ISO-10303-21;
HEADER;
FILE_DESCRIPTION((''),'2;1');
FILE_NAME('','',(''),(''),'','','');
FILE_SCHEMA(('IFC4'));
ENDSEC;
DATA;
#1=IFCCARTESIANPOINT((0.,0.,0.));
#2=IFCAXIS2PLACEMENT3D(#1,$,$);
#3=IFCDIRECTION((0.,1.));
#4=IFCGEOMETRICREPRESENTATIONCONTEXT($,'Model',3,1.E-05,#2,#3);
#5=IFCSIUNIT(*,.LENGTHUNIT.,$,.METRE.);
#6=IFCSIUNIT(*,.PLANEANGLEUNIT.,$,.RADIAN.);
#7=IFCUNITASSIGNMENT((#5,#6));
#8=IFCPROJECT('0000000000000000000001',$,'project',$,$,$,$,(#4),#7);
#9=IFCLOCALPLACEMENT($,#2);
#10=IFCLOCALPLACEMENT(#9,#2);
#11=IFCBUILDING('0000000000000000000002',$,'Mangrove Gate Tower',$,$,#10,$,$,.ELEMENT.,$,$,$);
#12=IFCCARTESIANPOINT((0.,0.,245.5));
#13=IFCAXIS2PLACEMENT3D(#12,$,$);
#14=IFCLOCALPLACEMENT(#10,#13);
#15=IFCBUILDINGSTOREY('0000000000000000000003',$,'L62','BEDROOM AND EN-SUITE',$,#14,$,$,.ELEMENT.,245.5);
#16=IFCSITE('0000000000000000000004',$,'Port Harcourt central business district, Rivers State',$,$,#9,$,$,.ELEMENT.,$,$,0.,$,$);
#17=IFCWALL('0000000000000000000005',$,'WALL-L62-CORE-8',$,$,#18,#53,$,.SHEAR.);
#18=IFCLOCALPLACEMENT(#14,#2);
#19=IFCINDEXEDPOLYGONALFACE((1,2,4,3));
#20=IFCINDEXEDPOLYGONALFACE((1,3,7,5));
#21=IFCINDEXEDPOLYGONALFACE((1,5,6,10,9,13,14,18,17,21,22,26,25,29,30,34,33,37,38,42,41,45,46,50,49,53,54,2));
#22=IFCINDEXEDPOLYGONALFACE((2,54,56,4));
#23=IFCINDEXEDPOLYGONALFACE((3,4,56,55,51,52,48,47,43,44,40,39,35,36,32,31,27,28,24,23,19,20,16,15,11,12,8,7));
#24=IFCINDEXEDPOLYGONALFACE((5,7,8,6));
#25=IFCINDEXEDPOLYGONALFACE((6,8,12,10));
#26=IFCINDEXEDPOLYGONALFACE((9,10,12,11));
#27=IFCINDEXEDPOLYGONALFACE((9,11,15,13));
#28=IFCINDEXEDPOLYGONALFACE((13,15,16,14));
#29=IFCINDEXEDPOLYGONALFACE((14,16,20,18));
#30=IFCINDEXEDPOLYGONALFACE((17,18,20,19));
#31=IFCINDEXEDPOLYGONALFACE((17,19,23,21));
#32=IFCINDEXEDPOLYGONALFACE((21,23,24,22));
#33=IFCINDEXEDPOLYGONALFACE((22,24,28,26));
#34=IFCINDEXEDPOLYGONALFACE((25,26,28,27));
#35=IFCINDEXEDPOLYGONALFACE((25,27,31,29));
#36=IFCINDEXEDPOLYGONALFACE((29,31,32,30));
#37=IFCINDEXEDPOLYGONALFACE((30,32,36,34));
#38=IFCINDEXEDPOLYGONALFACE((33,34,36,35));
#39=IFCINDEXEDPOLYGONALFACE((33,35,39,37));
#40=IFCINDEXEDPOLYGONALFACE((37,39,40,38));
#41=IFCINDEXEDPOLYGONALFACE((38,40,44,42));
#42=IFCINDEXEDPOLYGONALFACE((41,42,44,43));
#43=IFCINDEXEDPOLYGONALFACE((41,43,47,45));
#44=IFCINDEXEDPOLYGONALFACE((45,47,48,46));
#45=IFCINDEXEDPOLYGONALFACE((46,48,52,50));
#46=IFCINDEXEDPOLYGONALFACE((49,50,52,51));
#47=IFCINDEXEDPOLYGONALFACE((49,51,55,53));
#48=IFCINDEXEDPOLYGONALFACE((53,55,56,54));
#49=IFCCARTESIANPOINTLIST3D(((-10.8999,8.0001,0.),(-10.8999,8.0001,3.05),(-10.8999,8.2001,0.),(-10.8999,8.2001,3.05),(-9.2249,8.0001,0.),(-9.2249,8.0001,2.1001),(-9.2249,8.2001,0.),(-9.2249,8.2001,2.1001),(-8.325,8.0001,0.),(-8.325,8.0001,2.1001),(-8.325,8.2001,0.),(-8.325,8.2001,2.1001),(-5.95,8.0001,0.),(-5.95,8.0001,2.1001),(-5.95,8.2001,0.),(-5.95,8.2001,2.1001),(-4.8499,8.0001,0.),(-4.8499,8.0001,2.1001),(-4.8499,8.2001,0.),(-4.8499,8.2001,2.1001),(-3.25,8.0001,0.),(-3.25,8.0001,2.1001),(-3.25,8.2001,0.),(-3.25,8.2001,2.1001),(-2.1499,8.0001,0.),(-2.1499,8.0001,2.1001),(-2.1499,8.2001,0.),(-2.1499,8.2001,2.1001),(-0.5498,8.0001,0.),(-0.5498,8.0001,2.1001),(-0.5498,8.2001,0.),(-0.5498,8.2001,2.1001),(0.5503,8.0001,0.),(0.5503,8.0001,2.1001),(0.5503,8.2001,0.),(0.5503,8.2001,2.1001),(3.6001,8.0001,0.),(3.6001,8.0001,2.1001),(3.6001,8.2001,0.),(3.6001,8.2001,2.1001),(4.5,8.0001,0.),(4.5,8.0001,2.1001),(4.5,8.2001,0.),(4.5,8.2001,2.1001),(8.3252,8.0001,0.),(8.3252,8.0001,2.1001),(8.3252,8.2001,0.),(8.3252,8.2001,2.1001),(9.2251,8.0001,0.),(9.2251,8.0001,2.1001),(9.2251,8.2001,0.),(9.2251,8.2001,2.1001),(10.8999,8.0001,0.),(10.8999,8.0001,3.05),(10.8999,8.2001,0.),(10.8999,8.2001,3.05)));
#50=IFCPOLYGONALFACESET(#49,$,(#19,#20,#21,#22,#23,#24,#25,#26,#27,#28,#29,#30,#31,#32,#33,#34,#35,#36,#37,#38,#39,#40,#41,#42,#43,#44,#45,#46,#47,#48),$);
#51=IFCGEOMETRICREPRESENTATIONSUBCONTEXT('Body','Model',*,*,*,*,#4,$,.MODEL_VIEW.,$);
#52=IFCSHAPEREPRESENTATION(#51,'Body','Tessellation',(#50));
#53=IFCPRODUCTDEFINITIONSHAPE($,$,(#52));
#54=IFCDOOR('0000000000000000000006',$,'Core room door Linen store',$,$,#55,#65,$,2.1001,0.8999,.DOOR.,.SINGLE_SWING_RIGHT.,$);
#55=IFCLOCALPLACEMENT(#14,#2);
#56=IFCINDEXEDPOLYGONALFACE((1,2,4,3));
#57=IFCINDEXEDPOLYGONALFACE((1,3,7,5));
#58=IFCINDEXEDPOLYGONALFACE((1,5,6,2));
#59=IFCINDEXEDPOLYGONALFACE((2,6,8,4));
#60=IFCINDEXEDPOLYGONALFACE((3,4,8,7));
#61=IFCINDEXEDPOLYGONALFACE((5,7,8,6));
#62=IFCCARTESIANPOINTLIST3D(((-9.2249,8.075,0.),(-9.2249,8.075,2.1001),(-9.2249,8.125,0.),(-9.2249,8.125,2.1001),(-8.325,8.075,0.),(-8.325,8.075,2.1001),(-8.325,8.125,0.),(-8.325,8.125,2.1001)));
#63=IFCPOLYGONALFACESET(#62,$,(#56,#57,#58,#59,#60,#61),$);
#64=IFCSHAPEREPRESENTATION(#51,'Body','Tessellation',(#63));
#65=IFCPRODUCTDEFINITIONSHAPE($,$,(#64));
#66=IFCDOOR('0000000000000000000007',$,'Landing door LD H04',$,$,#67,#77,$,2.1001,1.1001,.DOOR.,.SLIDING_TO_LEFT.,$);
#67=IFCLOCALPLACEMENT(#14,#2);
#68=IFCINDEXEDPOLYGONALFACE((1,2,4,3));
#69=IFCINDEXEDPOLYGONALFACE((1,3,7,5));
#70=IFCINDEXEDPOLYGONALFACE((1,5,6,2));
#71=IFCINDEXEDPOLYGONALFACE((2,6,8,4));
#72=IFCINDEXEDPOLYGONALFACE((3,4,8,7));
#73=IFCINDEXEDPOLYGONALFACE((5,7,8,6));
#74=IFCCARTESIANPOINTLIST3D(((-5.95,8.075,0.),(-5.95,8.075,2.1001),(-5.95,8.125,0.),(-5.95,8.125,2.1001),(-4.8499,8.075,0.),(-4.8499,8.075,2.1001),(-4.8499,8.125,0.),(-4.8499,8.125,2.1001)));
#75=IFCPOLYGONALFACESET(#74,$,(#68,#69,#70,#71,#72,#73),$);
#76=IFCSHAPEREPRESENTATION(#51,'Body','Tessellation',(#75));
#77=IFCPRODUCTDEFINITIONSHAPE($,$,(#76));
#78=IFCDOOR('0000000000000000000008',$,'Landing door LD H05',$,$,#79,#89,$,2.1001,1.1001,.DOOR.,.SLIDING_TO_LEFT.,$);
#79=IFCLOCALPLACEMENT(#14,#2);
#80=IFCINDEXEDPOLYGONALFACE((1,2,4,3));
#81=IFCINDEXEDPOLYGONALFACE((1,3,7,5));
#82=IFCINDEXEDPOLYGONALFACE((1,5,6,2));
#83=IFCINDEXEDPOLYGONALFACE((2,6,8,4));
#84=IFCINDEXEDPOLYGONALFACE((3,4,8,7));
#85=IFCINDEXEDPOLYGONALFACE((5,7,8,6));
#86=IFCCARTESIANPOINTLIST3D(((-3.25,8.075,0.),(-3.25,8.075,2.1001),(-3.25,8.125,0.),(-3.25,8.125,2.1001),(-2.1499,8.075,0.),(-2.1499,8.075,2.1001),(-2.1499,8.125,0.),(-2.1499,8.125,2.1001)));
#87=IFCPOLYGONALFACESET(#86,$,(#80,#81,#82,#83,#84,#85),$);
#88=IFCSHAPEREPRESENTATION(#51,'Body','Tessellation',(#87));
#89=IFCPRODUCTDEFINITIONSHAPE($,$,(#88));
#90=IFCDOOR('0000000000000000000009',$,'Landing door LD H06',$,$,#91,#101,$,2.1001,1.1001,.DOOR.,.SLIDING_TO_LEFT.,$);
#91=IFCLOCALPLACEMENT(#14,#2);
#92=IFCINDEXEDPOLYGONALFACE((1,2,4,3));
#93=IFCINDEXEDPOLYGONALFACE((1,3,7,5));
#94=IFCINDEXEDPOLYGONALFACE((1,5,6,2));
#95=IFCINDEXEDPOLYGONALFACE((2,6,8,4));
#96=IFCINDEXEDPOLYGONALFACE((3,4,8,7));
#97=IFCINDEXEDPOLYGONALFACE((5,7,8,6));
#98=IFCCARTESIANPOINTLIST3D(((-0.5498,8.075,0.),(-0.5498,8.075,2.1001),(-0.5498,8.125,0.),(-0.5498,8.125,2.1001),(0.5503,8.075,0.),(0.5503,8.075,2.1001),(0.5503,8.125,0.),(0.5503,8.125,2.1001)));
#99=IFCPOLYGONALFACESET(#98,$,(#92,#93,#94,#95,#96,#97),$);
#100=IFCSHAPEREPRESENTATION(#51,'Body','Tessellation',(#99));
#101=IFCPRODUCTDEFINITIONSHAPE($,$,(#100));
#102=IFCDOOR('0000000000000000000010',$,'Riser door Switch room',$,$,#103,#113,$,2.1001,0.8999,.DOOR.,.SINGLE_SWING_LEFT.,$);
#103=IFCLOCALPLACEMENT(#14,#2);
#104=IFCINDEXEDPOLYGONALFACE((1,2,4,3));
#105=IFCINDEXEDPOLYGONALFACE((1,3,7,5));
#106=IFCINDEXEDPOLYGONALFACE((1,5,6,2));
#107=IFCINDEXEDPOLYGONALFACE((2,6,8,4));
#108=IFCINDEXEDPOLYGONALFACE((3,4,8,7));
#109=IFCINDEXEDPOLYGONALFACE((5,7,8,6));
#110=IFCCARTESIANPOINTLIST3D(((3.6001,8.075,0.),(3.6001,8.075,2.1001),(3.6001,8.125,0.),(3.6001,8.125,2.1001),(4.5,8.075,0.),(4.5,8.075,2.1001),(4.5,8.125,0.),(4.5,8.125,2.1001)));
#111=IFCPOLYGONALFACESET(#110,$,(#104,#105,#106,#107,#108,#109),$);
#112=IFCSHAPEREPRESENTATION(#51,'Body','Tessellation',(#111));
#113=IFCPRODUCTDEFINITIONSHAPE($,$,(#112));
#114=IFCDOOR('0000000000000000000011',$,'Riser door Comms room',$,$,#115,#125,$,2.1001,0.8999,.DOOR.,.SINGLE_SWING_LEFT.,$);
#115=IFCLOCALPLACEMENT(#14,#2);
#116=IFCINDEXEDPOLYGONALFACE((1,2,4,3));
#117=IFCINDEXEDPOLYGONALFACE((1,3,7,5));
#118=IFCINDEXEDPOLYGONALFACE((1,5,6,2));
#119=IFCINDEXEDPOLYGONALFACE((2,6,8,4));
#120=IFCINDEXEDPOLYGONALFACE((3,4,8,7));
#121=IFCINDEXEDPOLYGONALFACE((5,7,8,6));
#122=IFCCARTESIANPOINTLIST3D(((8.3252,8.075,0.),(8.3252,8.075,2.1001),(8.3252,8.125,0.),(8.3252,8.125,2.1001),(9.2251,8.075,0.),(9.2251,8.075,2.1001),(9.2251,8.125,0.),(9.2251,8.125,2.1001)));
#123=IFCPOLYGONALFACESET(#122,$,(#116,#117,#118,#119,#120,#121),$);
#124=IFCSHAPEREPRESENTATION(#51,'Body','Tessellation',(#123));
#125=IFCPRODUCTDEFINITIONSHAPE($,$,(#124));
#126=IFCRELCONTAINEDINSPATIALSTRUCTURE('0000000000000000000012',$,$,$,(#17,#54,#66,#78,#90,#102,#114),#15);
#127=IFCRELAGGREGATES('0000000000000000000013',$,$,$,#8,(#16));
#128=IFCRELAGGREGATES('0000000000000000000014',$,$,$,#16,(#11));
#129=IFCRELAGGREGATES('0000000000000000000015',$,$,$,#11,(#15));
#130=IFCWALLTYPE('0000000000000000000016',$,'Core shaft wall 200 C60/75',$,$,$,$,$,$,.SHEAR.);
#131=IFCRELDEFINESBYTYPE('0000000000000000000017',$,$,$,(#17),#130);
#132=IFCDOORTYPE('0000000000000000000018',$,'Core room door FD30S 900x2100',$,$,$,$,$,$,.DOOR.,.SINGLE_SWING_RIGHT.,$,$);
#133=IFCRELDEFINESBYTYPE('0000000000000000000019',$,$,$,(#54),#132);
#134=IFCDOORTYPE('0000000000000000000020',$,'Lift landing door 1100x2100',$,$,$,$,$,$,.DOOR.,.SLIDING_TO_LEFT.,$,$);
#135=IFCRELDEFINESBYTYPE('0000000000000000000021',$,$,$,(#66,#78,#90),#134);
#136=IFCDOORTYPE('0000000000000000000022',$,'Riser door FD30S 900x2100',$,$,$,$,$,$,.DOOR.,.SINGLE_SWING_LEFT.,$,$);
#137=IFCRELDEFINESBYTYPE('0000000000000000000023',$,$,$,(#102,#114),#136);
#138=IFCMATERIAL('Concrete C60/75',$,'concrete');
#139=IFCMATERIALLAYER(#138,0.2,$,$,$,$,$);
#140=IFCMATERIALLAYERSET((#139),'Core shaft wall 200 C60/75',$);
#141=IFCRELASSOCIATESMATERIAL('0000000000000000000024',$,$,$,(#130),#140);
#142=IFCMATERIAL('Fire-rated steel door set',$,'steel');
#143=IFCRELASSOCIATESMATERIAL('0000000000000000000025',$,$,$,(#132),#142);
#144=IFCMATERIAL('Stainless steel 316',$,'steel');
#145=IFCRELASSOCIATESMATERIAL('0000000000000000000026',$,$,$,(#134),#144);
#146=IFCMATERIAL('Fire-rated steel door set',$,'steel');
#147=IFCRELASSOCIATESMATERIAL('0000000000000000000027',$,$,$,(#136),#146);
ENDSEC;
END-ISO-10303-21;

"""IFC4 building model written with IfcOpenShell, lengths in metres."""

from ifc_helpers import new_model, si_unit, direction, frame, frame_2d, origin, place, context, subcontext, project, spatial, rectangle, extrude, material, layer, layer_set, type_object, element, fill, save


model = new_model("IFC4")

# Units and contexts
model_context = context("Model", 3, precision=1e-05, world=origin(), true_north=direction((0.0, 1.0)))
body_context = subcontext(model_context, "Body", "Model", "MODEL_VIEW")
ifc_project = project(units=[si_unit("LENGTHUNIT", "METRE"), si_unit("PLANEANGLEUNIT", "RADIAN")], contexts=[model_context])

# Site, building, storey
site_placement = place(None, origin())
site = spatial("IfcSite", under=ifc_project, at=site_placement, Name="Port Harcourt central business district, Rivers State", CompositionType="ELEMENT", RefElevation=0.0)
building_placement = place(site_placement, origin())
building = spatial("IfcBuilding", under=site, at=building_placement, Name="Mangrove Gate Tower", CompositionType="ELEMENT")
storey_placement = place(building_placement, frame((0.0, 0.0, 245.5)))
storey = spatial("IfcBuildingStorey", under=building, at=storey_placement, Name="L62", Description="BEDROOM AND EN-SUITE", CompositionType="ELEMENT", Elevation=245.5)

# Shared definitions
ifc_material_1 = material(Name="Concrete C60/75", Category="concrete")
ifc_layer_1 = layer(ifc_material_1, 0.2)
ifc_layer_set_1 = layer_set([ifc_layer_1], Name="Core shaft wall 200 C60/75")
wall_type_1 = type_object("IfcWallType", Name="Core shaft wall 200 C60/75", PredefinedType="SHEAR", material=ifc_layer_set_1)

# Wall, openings, doors
ifc_material_2 = material(Name="Fire-rated steel door set", Category="steel")
door_type_1 = type_object("IfcDoorType", Name="Core room door FD30S 900x2100", OperationType="SINGLE_SWING_RIGHT", PredefinedType="DOOR", material=ifc_material_2)
ifc_material_3 = material(Name="Stainless steel 316", Category="steel")
door_type_2 = type_object("IfcDoorType", Name="Lift landing door 1100x2100", OperationType="SLIDING_TO_LEFT", PredefinedType="DOOR", material=ifc_material_3)
ifc_material_4 = material(Name="Fire-rated steel door set", Category="steel")
door_type_3 = type_object("IfcDoorType", Name="Riser door FD30S 900x2100", OperationType="SINGLE_SWING_LEFT", PredefinedType="DOOR", material=ifc_material_4)
wall_1_placement = place(storey_placement, frame((-10.8999, 8.1001, 0.0), z_axis=(0.0, 0.0, 1.0), x_axis=(1.0, 0.0, 0.0)))
wall_1 = element("IfcWall", 1, at=wall_1_placement, inside=storey, type_object=wall_type_1, Name="WALL-L62-CORE-8", PredefinedType="SHEAR", context=body_context, shape_type="SweptSolid", body=[
    extrude(rectangle(XDim=21.7998, YDim=0.2, at=frame_2d((10.8999, 0.0))), origin(), (0.0, 0.0, 1.0), 3.05),
])
opening_1_placement = place(wall_1_placement, frame((4.95, 0.0, 0.0)))
opening_1 = element("IfcOpeningElement", 2, at=opening_1_placement, cuts=wall_1, PredefinedType="OPENING", context=body_context, shape_type="SweptSolid", body=[
    extrude(rectangle(XDim=1.1001, YDim=2.1001, at=frame_2d((0.55, 1.05))), frame((0.0, 0.1099, 0.0), z_axis=(0.0, -1.0, 0.0), x_axis=(1.0, 0.0, 0.0)), (0.0, 0.0, 1.0), 0.22),
])
opening_2_placement = place(wall_1_placement, frame((7.6499, 0.0, 0.0)))
opening_2 = element("IfcOpeningElement", 3, at=opening_2_placement, cuts=wall_1, PredefinedType="OPENING", context=body_context, shape_type="SweptSolid", body=[
    extrude(rectangle(XDim=1.1001, YDim=2.1001, at=frame_2d((0.55, 1.05))), frame((0.0, 0.1099, 0.0), z_axis=(0.0, -1.0, 0.0), x_axis=(1.0, 0.0, 0.0)), (0.0, 0.0, 1.0), 0.22),
])
opening_3_placement = place(wall_1_placement, frame((10.3501, 0.0, 0.0)))
opening_3 = element("IfcOpeningElement", 4, at=opening_3_placement, cuts=wall_1, PredefinedType="OPENING", context=body_context, shape_type="SweptSolid", body=[
    extrude(rectangle(XDim=1.1001, YDim=2.1001, at=frame_2d((0.55, 1.05))), frame((0.0, 0.1099, 0.0), z_axis=(0.0, -1.0, 0.0), x_axis=(1.0, 0.0, 0.0)), (0.0, 0.0, 1.0), 0.22),
])
opening_4_placement = place(wall_1_placement, frame((1.675, 0.0, 0.0)))
opening_4 = element("IfcOpeningElement", 5, at=opening_4_placement, cuts=wall_1, PredefinedType="OPENING", context=body_context, shape_type="SweptSolid", body=[
    extrude(rectangle(XDim=0.8999, YDim=2.1001, at=frame_2d((0.45, 1.05))), frame((0.0, 0.1099, 0.0), z_axis=(0.0, -1.0, 0.0), x_axis=(1.0, 0.0, 0.0)), (0.0, 0.0, 1.0), 0.22),
])
opening_5_placement = place(wall_1_placement, frame((14.5, 0.0, 0.0)))
opening_5 = element("IfcOpeningElement", 6, at=opening_5_placement, cuts=wall_1, PredefinedType="OPENING", context=body_context, shape_type="SweptSolid", body=[
    extrude(rectangle(XDim=0.8999, YDim=2.1001, at=frame_2d((0.45, 1.05))), frame((0.0, 0.1099, 0.0), z_axis=(0.0, -1.0, 0.0), x_axis=(1.0, 0.0, 0.0)), (0.0, 0.0, 1.0), 0.22),
])
opening_6_placement = place(wall_1_placement, frame((19.2251, 0.0, 0.0)))
opening_6 = element("IfcOpeningElement", 7, at=opening_6_placement, cuts=wall_1, PredefinedType="OPENING", context=body_context, shape_type="SweptSolid", body=[
    extrude(rectangle(XDim=0.8999, YDim=2.1001, at=frame_2d((0.45, 1.05))), frame((0.0, 0.1099, 0.0), z_axis=(0.0, -1.0, 0.0), x_axis=(1.0, 0.0, 0.0)), (0.0, 0.0, 1.0), 0.22),
])
door_1_placement = place(opening_4_placement, origin())
door_1 = element("IfcDoor", 8, at=door_1_placement, inside=storey, type_object=door_type_1, Name="Core room door Linen store", OperationType="SINGLE_SWING_RIGHT", OverallHeight=2.1001, OverallWidth=0.8999, PredefinedType="DOOR", context=body_context, shape_type="SweptSolid", body=[
    extrude(rectangle(XDim=0.8999, YDim=2.1001, at=frame_2d((0.45, 1.05))), frame((0.0, 0.0249, 0.0), z_axis=(0.0, -1.0, 0.0), x_axis=(1.0, 0.0, 0.0)), (0.0, 0.0, 1.0), 0.05),
])
fill(opening_4, door_1)
door_2_placement = place(opening_1_placement, origin())
door_2 = element("IfcDoor", 9, at=door_2_placement, inside=storey, type_object=door_type_2, Name="Landing door LD H04", OperationType="SLIDING_TO_LEFT", OverallHeight=2.1001, OverallWidth=1.1001, PredefinedType="DOOR", context=body_context, shape_type="SweptSolid", body=[
    extrude(rectangle(XDim=1.1001, YDim=2.1001, at=frame_2d((0.55, 1.05))), frame((0.0, 0.0249, 0.0), z_axis=(0.0, -1.0, 0.0), x_axis=(1.0, 0.0, 0.0)), (0.0, 0.0, 1.0), 0.05),
])
fill(opening_1, door_2)
door_3_placement = place(opening_2_placement, origin())
door_3 = element("IfcDoor", 10, at=door_3_placement, inside=storey, type_object=door_type_2, Name="Landing door LD H05", OperationType="SLIDING_TO_LEFT", OverallHeight=2.1001, OverallWidth=1.1001, PredefinedType="DOOR", context=body_context, shape_type="SweptSolid", body=[
    extrude(rectangle(XDim=1.1001, YDim=2.1001, at=frame_2d((0.55, 1.05))), frame((0.0, 0.0249, 0.0), z_axis=(0.0, -1.0, 0.0), x_axis=(1.0, 0.0, 0.0)), (0.0, 0.0, 1.0), 0.05),
])
fill(opening_2, door_3)
door_4_placement = place(opening_3_placement, origin())
door_4 = element("IfcDoor", 11, at=door_4_placement, inside=storey, type_object=door_type_2, Name="Landing door LD H06", OperationType="SLIDING_TO_LEFT", OverallHeight=2.1001, OverallWidth=1.1001, PredefinedType="DOOR", context=body_context, shape_type="SweptSolid", body=[
    extrude(rectangle(XDim=1.1001, YDim=2.1001, at=frame_2d((0.55, 1.05))), frame((0.0, 0.0249, 0.0), z_axis=(0.0, -1.0, 0.0), x_axis=(1.0, 0.0, 0.0)), (0.0, 0.0, 1.0), 0.05),
])
fill(opening_3, door_4)
door_5_placement = place(opening_5_placement, origin())
door_5 = element("IfcDoor", 12, at=door_5_placement, inside=storey, type_object=door_type_3, Name="Riser door Switch room", OperationType="SINGLE_SWING_LEFT", OverallHeight=2.1001, OverallWidth=0.8999, PredefinedType="DOOR", context=body_context, shape_type="SweptSolid", body=[
    extrude(rectangle(XDim=0.8999, YDim=2.1001, at=frame_2d((0.45, 1.05))), frame((0.0, 0.0249, 0.0), z_axis=(0.0, -1.0, 0.0), x_axis=(1.0, 0.0, 0.0)), (0.0, 0.0, 1.0), 0.05),
])
fill(opening_5, door_5)
door_6_placement = place(opening_6_placement, origin())
door_6 = element("IfcDoor", 13, at=door_6_placement, inside=storey, type_object=door_type_3, Name="Riser door Comms room", OperationType="SINGLE_SWING_LEFT", OverallHeight=2.1001, OverallWidth=0.8999, PredefinedType="DOOR", context=body_context, shape_type="SweptSolid", body=[
    extrude(rectangle(XDim=0.8999, YDim=2.1001, at=frame_2d((0.45, 1.05))), frame((0.0, 0.0249, 0.0), z_axis=(0.0, -1.0, 0.0), x_axis=(1.0, 0.0, 0.0)), (0.0, 0.0, 1.0), 0.05),
])
fill(opening_6, door_6)

save(model, "model.ifc")
